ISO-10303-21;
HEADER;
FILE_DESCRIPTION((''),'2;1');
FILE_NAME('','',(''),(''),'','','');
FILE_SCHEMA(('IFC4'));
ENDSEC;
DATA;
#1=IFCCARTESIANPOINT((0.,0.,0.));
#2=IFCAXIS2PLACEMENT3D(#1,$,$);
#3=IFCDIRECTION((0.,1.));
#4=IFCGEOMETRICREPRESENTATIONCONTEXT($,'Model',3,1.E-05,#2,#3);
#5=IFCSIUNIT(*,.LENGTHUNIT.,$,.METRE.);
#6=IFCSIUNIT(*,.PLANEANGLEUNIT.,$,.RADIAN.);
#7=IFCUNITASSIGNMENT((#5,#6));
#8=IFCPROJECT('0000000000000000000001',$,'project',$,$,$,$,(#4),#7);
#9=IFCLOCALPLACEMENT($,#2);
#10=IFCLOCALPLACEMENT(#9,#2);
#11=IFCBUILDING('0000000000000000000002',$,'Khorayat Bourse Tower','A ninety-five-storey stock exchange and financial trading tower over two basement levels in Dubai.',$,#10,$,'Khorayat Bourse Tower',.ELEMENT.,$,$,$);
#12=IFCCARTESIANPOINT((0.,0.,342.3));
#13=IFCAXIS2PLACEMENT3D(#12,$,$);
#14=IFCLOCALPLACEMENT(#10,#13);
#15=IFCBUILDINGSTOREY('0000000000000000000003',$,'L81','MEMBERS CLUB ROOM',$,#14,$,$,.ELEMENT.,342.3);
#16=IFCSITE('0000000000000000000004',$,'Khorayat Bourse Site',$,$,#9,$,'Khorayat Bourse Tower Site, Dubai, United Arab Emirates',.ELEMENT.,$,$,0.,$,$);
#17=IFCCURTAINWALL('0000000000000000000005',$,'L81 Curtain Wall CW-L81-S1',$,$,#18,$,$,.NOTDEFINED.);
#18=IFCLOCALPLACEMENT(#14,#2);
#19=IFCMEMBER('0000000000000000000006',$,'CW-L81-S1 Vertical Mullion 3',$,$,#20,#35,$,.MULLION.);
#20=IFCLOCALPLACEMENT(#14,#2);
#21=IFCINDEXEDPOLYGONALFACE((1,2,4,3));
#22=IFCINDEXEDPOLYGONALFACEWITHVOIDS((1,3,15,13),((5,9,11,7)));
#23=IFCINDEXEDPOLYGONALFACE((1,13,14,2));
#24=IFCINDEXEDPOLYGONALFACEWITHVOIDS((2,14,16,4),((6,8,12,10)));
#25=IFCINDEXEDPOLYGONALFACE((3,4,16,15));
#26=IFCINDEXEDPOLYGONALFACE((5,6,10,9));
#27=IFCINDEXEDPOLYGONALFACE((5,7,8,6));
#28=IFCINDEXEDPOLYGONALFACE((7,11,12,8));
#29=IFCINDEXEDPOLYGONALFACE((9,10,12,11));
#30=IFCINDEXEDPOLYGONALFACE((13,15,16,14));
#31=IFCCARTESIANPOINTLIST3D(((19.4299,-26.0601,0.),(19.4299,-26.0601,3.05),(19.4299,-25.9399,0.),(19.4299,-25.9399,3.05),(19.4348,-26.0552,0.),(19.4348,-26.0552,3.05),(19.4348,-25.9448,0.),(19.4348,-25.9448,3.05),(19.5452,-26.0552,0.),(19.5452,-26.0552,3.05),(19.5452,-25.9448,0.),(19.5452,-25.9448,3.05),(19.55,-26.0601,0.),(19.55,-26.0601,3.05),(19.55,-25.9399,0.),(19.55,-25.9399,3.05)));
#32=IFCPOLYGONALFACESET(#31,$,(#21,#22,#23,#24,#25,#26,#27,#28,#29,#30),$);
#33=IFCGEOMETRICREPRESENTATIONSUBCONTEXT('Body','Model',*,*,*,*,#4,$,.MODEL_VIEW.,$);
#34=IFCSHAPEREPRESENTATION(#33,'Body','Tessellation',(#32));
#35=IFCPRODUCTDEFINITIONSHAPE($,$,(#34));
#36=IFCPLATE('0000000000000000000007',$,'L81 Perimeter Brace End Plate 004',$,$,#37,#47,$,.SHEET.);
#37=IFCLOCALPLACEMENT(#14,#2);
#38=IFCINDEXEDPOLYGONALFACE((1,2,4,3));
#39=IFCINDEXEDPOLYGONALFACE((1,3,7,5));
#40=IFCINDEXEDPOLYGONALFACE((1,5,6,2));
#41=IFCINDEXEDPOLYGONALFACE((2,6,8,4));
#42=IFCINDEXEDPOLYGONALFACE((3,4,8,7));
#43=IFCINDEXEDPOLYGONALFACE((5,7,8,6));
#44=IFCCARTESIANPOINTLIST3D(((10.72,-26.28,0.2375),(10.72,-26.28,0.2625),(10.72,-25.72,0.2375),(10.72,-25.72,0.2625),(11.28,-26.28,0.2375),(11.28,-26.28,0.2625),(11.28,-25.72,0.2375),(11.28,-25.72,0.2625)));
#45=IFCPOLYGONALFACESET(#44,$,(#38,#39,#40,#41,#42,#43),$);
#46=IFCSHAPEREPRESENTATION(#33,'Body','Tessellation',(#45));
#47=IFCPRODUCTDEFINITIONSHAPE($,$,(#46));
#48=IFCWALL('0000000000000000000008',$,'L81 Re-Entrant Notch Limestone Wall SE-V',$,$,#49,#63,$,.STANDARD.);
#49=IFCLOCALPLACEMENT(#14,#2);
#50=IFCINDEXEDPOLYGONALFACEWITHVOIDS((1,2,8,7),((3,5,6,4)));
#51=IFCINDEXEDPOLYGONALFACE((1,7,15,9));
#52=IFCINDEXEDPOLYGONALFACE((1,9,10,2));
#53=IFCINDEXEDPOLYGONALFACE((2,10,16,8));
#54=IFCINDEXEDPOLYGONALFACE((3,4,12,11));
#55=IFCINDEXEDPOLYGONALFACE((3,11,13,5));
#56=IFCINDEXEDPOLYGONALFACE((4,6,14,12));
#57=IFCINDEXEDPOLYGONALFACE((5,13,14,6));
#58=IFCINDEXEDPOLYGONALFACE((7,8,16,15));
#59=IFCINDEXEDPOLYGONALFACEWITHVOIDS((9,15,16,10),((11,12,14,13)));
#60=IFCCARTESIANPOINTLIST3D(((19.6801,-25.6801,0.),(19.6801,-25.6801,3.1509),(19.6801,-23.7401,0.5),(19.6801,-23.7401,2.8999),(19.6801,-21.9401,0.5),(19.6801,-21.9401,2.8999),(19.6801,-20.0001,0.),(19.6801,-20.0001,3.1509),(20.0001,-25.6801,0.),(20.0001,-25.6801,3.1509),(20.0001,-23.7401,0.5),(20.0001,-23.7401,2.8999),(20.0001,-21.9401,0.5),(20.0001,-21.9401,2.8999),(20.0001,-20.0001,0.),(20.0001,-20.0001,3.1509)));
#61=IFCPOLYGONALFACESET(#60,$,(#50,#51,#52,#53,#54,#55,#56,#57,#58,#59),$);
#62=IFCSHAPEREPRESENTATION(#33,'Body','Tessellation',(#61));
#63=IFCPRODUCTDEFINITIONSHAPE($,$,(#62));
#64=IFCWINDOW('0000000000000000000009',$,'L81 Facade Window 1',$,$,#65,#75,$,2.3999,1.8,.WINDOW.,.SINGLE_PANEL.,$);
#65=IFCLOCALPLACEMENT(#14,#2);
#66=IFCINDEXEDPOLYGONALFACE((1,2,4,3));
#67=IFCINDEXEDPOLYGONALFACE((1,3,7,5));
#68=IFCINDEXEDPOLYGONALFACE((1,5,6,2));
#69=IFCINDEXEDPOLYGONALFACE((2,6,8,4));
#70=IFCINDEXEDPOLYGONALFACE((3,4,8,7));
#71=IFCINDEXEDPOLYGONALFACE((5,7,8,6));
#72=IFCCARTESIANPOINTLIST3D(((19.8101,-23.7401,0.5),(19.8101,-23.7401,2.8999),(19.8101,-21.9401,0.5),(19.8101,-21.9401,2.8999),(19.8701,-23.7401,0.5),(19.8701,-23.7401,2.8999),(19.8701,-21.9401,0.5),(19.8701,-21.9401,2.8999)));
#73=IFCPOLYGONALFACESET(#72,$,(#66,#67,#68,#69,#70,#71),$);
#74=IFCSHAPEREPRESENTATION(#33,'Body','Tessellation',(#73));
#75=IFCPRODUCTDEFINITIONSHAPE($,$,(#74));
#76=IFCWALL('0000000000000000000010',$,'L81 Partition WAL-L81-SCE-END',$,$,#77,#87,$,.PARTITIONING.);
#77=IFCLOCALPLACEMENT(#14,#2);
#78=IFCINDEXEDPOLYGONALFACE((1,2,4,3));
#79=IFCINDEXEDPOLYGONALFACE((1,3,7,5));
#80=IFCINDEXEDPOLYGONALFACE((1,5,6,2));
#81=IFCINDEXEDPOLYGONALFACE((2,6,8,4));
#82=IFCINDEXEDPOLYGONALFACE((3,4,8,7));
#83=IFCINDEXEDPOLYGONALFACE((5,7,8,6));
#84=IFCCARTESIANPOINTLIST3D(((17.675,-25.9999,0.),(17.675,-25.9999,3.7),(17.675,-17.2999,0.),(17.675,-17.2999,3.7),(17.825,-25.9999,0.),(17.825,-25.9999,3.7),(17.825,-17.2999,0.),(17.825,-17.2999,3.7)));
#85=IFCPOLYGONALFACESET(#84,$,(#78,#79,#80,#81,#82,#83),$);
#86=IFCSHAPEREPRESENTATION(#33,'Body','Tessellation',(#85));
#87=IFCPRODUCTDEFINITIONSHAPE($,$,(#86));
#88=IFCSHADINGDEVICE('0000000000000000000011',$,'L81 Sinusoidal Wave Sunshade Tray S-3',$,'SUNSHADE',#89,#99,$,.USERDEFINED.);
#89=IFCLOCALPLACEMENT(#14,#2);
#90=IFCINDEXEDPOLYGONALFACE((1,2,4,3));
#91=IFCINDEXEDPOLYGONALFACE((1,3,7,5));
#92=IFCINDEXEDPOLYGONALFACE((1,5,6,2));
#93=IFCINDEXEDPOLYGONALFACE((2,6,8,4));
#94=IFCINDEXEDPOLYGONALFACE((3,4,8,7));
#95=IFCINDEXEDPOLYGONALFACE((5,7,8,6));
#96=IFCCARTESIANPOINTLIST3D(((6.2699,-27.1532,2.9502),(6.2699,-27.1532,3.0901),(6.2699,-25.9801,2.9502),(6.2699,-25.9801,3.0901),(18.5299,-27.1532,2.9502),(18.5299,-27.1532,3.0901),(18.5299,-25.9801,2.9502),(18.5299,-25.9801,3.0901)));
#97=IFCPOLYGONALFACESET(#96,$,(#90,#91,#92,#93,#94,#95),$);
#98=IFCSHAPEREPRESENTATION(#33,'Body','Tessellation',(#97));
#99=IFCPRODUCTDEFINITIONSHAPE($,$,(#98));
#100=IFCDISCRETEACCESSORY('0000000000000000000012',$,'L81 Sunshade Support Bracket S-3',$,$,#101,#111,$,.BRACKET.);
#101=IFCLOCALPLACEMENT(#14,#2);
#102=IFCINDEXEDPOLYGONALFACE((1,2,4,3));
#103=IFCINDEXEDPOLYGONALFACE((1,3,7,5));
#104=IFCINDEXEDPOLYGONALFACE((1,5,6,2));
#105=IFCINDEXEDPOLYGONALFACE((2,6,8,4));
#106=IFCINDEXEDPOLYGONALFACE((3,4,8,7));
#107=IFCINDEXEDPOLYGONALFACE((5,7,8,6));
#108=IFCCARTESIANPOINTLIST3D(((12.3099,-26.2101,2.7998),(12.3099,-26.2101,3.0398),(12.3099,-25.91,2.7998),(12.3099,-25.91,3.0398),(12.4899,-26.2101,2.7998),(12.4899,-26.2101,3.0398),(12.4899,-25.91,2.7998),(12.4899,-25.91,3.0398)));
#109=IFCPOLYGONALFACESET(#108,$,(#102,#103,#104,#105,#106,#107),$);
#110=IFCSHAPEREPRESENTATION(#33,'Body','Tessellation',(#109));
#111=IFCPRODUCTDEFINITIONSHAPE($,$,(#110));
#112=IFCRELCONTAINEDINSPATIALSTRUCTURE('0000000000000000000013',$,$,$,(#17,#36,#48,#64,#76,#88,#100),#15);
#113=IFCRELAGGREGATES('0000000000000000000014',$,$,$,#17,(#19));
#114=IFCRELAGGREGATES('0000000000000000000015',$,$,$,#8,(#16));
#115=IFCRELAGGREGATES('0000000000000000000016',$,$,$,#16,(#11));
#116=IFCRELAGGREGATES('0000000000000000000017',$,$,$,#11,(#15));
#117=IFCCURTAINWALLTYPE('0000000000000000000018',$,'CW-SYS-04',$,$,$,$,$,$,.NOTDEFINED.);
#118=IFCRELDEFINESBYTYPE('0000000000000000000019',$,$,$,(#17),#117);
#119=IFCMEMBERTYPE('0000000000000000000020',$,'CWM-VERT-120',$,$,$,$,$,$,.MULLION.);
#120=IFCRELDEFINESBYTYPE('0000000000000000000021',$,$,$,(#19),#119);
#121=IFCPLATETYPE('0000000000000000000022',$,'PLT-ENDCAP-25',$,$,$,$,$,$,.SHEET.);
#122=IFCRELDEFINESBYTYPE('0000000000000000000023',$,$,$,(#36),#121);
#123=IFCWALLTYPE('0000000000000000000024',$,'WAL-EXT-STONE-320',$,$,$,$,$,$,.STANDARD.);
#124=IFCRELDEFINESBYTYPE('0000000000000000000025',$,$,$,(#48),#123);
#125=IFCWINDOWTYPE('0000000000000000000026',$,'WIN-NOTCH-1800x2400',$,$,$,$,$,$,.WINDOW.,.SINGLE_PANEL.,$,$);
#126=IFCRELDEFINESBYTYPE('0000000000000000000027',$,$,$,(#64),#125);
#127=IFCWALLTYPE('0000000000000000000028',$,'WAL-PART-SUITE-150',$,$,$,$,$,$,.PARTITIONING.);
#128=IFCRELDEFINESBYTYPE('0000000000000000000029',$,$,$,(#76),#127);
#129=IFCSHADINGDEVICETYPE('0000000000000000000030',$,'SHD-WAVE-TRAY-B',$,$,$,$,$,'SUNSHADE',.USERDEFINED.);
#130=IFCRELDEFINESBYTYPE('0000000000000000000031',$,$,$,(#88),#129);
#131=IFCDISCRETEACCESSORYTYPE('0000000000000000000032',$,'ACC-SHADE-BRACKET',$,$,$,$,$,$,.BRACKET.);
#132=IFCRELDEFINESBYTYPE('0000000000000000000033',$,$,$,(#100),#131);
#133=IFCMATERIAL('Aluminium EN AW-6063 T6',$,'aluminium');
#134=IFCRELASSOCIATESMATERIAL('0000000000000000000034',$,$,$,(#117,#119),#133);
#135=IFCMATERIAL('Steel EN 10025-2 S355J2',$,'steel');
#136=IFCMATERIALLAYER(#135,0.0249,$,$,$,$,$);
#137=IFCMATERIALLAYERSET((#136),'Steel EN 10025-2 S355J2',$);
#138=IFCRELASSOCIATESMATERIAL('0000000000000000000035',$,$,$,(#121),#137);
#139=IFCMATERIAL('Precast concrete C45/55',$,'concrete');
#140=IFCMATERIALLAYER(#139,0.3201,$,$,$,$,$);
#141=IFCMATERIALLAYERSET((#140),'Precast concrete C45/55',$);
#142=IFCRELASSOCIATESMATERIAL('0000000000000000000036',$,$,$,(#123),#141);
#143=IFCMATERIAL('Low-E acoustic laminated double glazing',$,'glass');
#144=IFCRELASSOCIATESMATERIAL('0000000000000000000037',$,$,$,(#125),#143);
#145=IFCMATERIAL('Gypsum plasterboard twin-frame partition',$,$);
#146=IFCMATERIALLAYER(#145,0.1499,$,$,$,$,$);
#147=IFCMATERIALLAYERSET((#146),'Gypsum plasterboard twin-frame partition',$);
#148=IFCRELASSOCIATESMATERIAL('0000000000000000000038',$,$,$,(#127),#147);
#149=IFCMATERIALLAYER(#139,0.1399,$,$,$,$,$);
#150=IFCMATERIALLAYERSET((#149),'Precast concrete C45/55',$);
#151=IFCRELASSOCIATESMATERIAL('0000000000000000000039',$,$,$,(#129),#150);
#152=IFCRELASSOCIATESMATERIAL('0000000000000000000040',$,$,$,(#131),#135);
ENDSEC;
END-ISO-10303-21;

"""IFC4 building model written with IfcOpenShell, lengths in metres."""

from ifc_helpers import new_model, si_unit, direction, frame, frame_2d, origin, origin_2d, place, context, subcontext, project, spatial, rectangle, hollow_rectangle, extrude, source, transform, mapped, material, layer, layer_set, material_profile, profile_set, type_object, element, fill, aggregate, save


model = new_model("IFC4")

# Units and contexts
model_context = context("Model", 3, precision=1e-05, world=origin(), true_north=direction((0.0, 1.0)))
body_context = subcontext(model_context, "Body", "Model", "MODEL_VIEW")
ifc_project = project(units=[si_unit("LENGTHUNIT", "METRE"), si_unit("PLANEANGLEUNIT", "RADIAN")], contexts=[model_context])

# Site, building, storey
site_placement = place(None, origin())
site = spatial("IfcSite", under=ifc_project, at=site_placement, Name="Khorayat Bourse Site", LongName="Khorayat Bourse Tower Site, Dubai, United Arab Emirates", CompositionType="ELEMENT", RefElevation=0.0)
building_placement = place(site_placement, origin())
building = spatial("IfcBuilding", under=site, at=building_placement, Name="Khorayat Bourse Tower", Description="A ninety-five-storey stock exchange and financial trading tower over two basement levels in Dubai.", LongName="Khorayat Bourse Tower", CompositionType="ELEMENT")
storey_placement = place(building_placement, frame((0.0, 0.0, 342.3)))
storey = spatial("IfcBuildingStorey", under=building, at=storey_placement, Name="L81", Description="MEMBERS CLUB ROOM", CompositionType="ELEMENT", Elevation=342.3)

# Shared definitions
ifc_material_1 = material(Name="Steel EN 10025-2 S355J2", Category="steel")

# Curtain wall, member
ifc_material_2 = material(Name="Aluminium EN AW-6063 T6", Category="aluminium")
curtain_wall_type = type_object("IfcCurtainWallType", Name="CW-SYS-04", PredefinedType="NOTDEFINED", material=ifc_material_2)
curtain_wall_placement = place(storey_placement, origin())
curtain_wall = element("IfcCurtainWall", 1, at=curtain_wall_placement, inside=storey, type_object=curtain_wall_type, Name="L81 Curtain Wall CW-L81-S1", PredefinedType="NOTDEFINED")
ifc_material_profile_1 = material_profile(ifc_material_2, hollow_rectangle(XDim=0.1201, YDim=0.1201, WallThickness=0.0049, at=origin_2d()), Name="ALU 120x120x5")
ifc_profile_set_1 = profile_set([ifc_material_profile_1], Name="Aluminium EN AW-6063 T6")
member_type = type_object("IfcMemberType", Name="CWM-VERT-120", PredefinedType="MULLION", material=ifc_profile_set_1)
shared_shape_1 = source(origin(), body_context, "Body", "SweptSolid", [
    extrude(hollow_rectangle(XDim=0.1201, YDim=0.1201, WallThickness=0.0049, at=origin_2d()), origin(), (0.0, 0.0, 1.0), 3.05),
])
member_placement = place(storey_placement, frame((19.49, -26.0, 0.0), z_axis=(0.0, 0.0, 1.0), x_axis=(0.0, 1.0, 0.0)))
member = element("IfcMember", 2, at=member_placement, type_object=member_type, Name="CW-L81-S1 Vertical Mullion 3", PredefinedType="MULLION", context=body_context, shape_type="MappedRepresentation", body=[
    mapped(shared_shape_1, transform((0.0, 0.0, 0.0), scale=1.0)),
])
aggregate(curtain_wall, [member])

# Plate
ifc_layer_1 = layer(ifc_material_1, 0.0249)
ifc_layer_set_1 = layer_set([ifc_layer_1], Name="Steel EN 10025-2 S355J2")
plate_type = type_object("IfcPlateType", Name="PLT-ENDCAP-25", PredefinedType="SHEET", material=ifc_layer_set_1)
shared_shape_2 = source(origin(), body_context, "Body", "SweptSolid", [
    extrude(rectangle(XDim=0.5601, YDim=0.5601, at=origin_2d()), origin(), (0.0, 0.0, 1.0), 0.0249),
])
plate_placement = place(storey_placement, frame((11.0, -26.0, 0.2375), z_axis=(0.0, 0.0, 1.0), x_axis=(1.0, 0.0, 0.0)))
element("IfcPlate", 3, at=plate_placement, inside=storey, type_object=plate_type, Name="L81 Perimeter Brace End Plate 004", PredefinedType="SHEET", context=body_context, shape_type="MappedRepresentation", body=[
    mapped(shared_shape_2, transform((0.0, 0.0, 0.0), scale=1.0)),
])

# Wall, opening, window
ifc_material_3 = material(Name="Precast concrete C45/55", Category="concrete")
ifc_layer_2 = layer(ifc_material_3, 0.3201)
ifc_layer_set_2 = layer_set([ifc_layer_2], Name="Precast concrete C45/55")
wall_type_1 = type_object("IfcWallType", Name="WAL-EXT-STONE-320", PredefinedType="STANDARD", material=ifc_layer_set_2)
shared_shape_3 = source(origin(), body_context, "Body", "SweptSolid", [
    extrude(rectangle(XDim=5.6799, YDim=0.3201, at=frame_2d((2.8398, 0.0))), origin(), (0.0, 0.0, 1.0), 3.1509),
])
wall_1_placement = place(storey_placement, frame((19.8401, -25.6799, 0.0), z_axis=(0.0, 0.0, 1.0), x_axis=(0.0, 1.0, 0.0)))
wall_1 = element("IfcWall", 4, at=wall_1_placement, inside=storey, type_object=wall_type_1, Name="L81 Re-Entrant Notch Limestone Wall SE-V", PredefinedType="STANDARD", context=body_context, shape_type="MappedRepresentation", body=[
    mapped(shared_shape_3, transform((0.0, 0.0, 0.0), scale=1.0)),
])
shared_shape_4 = source(origin(), body_context, "Body", "SweptSolid", [
    extrude(rectangle(XDim=1.8, YDim=2.3999, at=frame_2d((0.8999, 1.2))), frame((0.0, 0.1699, 0.0), z_axis=(0.0, -1.0, 0.0), x_axis=(1.0, 0.0, 0.0)), (0.0, 0.0, 1.0), 0.3401),
])
opening_placement = place(wall_1_placement, frame((1.9399, 0.0, 0.5)))
opening = element("IfcOpeningElement", 5, at=opening_placement, cuts=wall_1, PredefinedType="OPENING", context=body_context, shape_type="MappedRepresentation", body=[
    mapped(shared_shape_4, transform((0.0, 0.0, 0.0), scale=1.0)),
])
ifc_material_4 = material(Name="Low-E acoustic laminated double glazing", Category="glass")
window_type = type_object("IfcWindowType", Name="WIN-NOTCH-1800x2400", PartitioningType="SINGLE_PANEL", PredefinedType="WINDOW", material=ifc_material_4)
shared_shape_5 = source(origin(), body_context, "Body", "SweptSolid", [
    extrude(rectangle(XDim=1.8, YDim=2.3999, at=frame_2d((0.8999, 1.2))), frame((0.0, 0.03, 0.0), z_axis=(0.0, -1.0, 0.0), x_axis=(1.0, 0.0, 0.0)), (0.0, 0.0, 1.0), 0.0601),
])
window_placement = place(opening_placement, origin())
window = element("IfcWindow", 6, at=window_placement, inside=storey, type_object=window_type, Name="L81 Facade Window 1", OverallHeight=2.3999, OverallWidth=1.8, PartitioningType="SINGLE_PANEL", PredefinedType="WINDOW", context=body_context, shape_type="MappedRepresentation", body=[
    mapped(shared_shape_5, transform((0.0, 0.0, 0.0), scale=1.0)),
])
fill(opening, window)

# Wall
ifc_material_5 = material(Name="Gypsum plasterboard twin-frame partition")
ifc_layer_3 = layer(ifc_material_5, 0.1499)
ifc_layer_set_3 = layer_set([ifc_layer_3], Name="Gypsum plasterboard twin-frame partition")
wall_type_2 = type_object("IfcWallType", Name="WAL-PART-SUITE-150", PredefinedType="PARTITIONING", material=ifc_layer_set_3)
shared_shape_6 = source(origin(), body_context, "Body", "SweptSolid", [
    extrude(rectangle(XDim=8.7, YDim=0.1499, at=frame_2d((4.3501, 0.0))), origin(), (0.0, 0.0, 1.0), 3.7),
])
wall_2_placement = place(storey_placement, frame((17.75, -26.0, 0.0), z_axis=(0.0, 0.0, 1.0), x_axis=(0.0, 1.0, 0.0)))
element("IfcWall", 7, at=wall_2_placement, inside=storey, type_object=wall_type_2, Name="L81 Partition WAL-L81-SCE-END", PredefinedType="PARTITIONING", context=body_context, shape_type="MappedRepresentation", body=[
    mapped(shared_shape_6, transform((0.0, 0.0, 0.0), scale=1.0)),
])

# Shading device
ifc_layer_4 = layer(ifc_material_3, 0.1399)
ifc_layer_set_4 = layer_set([ifc_layer_4], Name="Precast concrete C45/55")
shading_device_type = type_object("IfcShadingDeviceType", Name="SHD-WAVE-TRAY-B", ElementType="SUNSHADE", PredefinedType="USERDEFINED", material=ifc_layer_set_4)
shared_shape_7 = source(origin(), body_context, "Body", "SweptSolid", [
    extrude(rectangle(XDim=12.26, YDim=1.1731, at=origin_2d()), origin(), (0.0, 0.0, 1.0), 0.1399),
])
shading_device_placement = place(storey_placement, frame((12.3999, -26.5667, 2.9502), z_axis=(0.0, 0.0, 1.0), x_axis=(1.0, 0.0, 0.0)))
element("IfcShadingDevice", 8, at=shading_device_placement, inside=storey, type_object=shading_device_type, Name="L81 Sinusoidal Wave Sunshade Tray S-3", ObjectType="SUNSHADE", PredefinedType="USERDEFINED", context=body_context, shape_type="MappedRepresentation", body=[
    mapped(shared_shape_7, transform((0.0, 0.0, 0.0), scale=1.0)),
])

# Discrete accessory
discrete_accessory_type = type_object("IfcDiscreteAccessoryType", Name="ACC-SHADE-BRACKET", PredefinedType="BRACKET", material=ifc_material_1)
shared_shape_8 = source(origin(), body_context, "Body", "SweptSolid", [
    extrude(rectangle(XDim=0.1799, YDim=0.3, at=origin_2d()), origin(), (0.0, 0.0, 1.0), 0.24),
])
discrete_accessory_placement = place(storey_placement, frame((12.3999, -26.0601, 2.7998), z_axis=(0.0, 0.0, 1.0), x_axis=(1.0, 0.0, 0.0)))
element("IfcDiscreteAccessory", 9, at=discrete_accessory_placement, inside=storey, type_object=discrete_accessory_type, Name="L81 Sunshade Support Bracket S-3", PredefinedType="BRACKET", context=body_context, shape_type="MappedRepresentation", body=[
    mapped(shared_shape_8, transform((0.0, 0.0, 0.0), scale=1.0)),
])

save(model, "model.ifc")
